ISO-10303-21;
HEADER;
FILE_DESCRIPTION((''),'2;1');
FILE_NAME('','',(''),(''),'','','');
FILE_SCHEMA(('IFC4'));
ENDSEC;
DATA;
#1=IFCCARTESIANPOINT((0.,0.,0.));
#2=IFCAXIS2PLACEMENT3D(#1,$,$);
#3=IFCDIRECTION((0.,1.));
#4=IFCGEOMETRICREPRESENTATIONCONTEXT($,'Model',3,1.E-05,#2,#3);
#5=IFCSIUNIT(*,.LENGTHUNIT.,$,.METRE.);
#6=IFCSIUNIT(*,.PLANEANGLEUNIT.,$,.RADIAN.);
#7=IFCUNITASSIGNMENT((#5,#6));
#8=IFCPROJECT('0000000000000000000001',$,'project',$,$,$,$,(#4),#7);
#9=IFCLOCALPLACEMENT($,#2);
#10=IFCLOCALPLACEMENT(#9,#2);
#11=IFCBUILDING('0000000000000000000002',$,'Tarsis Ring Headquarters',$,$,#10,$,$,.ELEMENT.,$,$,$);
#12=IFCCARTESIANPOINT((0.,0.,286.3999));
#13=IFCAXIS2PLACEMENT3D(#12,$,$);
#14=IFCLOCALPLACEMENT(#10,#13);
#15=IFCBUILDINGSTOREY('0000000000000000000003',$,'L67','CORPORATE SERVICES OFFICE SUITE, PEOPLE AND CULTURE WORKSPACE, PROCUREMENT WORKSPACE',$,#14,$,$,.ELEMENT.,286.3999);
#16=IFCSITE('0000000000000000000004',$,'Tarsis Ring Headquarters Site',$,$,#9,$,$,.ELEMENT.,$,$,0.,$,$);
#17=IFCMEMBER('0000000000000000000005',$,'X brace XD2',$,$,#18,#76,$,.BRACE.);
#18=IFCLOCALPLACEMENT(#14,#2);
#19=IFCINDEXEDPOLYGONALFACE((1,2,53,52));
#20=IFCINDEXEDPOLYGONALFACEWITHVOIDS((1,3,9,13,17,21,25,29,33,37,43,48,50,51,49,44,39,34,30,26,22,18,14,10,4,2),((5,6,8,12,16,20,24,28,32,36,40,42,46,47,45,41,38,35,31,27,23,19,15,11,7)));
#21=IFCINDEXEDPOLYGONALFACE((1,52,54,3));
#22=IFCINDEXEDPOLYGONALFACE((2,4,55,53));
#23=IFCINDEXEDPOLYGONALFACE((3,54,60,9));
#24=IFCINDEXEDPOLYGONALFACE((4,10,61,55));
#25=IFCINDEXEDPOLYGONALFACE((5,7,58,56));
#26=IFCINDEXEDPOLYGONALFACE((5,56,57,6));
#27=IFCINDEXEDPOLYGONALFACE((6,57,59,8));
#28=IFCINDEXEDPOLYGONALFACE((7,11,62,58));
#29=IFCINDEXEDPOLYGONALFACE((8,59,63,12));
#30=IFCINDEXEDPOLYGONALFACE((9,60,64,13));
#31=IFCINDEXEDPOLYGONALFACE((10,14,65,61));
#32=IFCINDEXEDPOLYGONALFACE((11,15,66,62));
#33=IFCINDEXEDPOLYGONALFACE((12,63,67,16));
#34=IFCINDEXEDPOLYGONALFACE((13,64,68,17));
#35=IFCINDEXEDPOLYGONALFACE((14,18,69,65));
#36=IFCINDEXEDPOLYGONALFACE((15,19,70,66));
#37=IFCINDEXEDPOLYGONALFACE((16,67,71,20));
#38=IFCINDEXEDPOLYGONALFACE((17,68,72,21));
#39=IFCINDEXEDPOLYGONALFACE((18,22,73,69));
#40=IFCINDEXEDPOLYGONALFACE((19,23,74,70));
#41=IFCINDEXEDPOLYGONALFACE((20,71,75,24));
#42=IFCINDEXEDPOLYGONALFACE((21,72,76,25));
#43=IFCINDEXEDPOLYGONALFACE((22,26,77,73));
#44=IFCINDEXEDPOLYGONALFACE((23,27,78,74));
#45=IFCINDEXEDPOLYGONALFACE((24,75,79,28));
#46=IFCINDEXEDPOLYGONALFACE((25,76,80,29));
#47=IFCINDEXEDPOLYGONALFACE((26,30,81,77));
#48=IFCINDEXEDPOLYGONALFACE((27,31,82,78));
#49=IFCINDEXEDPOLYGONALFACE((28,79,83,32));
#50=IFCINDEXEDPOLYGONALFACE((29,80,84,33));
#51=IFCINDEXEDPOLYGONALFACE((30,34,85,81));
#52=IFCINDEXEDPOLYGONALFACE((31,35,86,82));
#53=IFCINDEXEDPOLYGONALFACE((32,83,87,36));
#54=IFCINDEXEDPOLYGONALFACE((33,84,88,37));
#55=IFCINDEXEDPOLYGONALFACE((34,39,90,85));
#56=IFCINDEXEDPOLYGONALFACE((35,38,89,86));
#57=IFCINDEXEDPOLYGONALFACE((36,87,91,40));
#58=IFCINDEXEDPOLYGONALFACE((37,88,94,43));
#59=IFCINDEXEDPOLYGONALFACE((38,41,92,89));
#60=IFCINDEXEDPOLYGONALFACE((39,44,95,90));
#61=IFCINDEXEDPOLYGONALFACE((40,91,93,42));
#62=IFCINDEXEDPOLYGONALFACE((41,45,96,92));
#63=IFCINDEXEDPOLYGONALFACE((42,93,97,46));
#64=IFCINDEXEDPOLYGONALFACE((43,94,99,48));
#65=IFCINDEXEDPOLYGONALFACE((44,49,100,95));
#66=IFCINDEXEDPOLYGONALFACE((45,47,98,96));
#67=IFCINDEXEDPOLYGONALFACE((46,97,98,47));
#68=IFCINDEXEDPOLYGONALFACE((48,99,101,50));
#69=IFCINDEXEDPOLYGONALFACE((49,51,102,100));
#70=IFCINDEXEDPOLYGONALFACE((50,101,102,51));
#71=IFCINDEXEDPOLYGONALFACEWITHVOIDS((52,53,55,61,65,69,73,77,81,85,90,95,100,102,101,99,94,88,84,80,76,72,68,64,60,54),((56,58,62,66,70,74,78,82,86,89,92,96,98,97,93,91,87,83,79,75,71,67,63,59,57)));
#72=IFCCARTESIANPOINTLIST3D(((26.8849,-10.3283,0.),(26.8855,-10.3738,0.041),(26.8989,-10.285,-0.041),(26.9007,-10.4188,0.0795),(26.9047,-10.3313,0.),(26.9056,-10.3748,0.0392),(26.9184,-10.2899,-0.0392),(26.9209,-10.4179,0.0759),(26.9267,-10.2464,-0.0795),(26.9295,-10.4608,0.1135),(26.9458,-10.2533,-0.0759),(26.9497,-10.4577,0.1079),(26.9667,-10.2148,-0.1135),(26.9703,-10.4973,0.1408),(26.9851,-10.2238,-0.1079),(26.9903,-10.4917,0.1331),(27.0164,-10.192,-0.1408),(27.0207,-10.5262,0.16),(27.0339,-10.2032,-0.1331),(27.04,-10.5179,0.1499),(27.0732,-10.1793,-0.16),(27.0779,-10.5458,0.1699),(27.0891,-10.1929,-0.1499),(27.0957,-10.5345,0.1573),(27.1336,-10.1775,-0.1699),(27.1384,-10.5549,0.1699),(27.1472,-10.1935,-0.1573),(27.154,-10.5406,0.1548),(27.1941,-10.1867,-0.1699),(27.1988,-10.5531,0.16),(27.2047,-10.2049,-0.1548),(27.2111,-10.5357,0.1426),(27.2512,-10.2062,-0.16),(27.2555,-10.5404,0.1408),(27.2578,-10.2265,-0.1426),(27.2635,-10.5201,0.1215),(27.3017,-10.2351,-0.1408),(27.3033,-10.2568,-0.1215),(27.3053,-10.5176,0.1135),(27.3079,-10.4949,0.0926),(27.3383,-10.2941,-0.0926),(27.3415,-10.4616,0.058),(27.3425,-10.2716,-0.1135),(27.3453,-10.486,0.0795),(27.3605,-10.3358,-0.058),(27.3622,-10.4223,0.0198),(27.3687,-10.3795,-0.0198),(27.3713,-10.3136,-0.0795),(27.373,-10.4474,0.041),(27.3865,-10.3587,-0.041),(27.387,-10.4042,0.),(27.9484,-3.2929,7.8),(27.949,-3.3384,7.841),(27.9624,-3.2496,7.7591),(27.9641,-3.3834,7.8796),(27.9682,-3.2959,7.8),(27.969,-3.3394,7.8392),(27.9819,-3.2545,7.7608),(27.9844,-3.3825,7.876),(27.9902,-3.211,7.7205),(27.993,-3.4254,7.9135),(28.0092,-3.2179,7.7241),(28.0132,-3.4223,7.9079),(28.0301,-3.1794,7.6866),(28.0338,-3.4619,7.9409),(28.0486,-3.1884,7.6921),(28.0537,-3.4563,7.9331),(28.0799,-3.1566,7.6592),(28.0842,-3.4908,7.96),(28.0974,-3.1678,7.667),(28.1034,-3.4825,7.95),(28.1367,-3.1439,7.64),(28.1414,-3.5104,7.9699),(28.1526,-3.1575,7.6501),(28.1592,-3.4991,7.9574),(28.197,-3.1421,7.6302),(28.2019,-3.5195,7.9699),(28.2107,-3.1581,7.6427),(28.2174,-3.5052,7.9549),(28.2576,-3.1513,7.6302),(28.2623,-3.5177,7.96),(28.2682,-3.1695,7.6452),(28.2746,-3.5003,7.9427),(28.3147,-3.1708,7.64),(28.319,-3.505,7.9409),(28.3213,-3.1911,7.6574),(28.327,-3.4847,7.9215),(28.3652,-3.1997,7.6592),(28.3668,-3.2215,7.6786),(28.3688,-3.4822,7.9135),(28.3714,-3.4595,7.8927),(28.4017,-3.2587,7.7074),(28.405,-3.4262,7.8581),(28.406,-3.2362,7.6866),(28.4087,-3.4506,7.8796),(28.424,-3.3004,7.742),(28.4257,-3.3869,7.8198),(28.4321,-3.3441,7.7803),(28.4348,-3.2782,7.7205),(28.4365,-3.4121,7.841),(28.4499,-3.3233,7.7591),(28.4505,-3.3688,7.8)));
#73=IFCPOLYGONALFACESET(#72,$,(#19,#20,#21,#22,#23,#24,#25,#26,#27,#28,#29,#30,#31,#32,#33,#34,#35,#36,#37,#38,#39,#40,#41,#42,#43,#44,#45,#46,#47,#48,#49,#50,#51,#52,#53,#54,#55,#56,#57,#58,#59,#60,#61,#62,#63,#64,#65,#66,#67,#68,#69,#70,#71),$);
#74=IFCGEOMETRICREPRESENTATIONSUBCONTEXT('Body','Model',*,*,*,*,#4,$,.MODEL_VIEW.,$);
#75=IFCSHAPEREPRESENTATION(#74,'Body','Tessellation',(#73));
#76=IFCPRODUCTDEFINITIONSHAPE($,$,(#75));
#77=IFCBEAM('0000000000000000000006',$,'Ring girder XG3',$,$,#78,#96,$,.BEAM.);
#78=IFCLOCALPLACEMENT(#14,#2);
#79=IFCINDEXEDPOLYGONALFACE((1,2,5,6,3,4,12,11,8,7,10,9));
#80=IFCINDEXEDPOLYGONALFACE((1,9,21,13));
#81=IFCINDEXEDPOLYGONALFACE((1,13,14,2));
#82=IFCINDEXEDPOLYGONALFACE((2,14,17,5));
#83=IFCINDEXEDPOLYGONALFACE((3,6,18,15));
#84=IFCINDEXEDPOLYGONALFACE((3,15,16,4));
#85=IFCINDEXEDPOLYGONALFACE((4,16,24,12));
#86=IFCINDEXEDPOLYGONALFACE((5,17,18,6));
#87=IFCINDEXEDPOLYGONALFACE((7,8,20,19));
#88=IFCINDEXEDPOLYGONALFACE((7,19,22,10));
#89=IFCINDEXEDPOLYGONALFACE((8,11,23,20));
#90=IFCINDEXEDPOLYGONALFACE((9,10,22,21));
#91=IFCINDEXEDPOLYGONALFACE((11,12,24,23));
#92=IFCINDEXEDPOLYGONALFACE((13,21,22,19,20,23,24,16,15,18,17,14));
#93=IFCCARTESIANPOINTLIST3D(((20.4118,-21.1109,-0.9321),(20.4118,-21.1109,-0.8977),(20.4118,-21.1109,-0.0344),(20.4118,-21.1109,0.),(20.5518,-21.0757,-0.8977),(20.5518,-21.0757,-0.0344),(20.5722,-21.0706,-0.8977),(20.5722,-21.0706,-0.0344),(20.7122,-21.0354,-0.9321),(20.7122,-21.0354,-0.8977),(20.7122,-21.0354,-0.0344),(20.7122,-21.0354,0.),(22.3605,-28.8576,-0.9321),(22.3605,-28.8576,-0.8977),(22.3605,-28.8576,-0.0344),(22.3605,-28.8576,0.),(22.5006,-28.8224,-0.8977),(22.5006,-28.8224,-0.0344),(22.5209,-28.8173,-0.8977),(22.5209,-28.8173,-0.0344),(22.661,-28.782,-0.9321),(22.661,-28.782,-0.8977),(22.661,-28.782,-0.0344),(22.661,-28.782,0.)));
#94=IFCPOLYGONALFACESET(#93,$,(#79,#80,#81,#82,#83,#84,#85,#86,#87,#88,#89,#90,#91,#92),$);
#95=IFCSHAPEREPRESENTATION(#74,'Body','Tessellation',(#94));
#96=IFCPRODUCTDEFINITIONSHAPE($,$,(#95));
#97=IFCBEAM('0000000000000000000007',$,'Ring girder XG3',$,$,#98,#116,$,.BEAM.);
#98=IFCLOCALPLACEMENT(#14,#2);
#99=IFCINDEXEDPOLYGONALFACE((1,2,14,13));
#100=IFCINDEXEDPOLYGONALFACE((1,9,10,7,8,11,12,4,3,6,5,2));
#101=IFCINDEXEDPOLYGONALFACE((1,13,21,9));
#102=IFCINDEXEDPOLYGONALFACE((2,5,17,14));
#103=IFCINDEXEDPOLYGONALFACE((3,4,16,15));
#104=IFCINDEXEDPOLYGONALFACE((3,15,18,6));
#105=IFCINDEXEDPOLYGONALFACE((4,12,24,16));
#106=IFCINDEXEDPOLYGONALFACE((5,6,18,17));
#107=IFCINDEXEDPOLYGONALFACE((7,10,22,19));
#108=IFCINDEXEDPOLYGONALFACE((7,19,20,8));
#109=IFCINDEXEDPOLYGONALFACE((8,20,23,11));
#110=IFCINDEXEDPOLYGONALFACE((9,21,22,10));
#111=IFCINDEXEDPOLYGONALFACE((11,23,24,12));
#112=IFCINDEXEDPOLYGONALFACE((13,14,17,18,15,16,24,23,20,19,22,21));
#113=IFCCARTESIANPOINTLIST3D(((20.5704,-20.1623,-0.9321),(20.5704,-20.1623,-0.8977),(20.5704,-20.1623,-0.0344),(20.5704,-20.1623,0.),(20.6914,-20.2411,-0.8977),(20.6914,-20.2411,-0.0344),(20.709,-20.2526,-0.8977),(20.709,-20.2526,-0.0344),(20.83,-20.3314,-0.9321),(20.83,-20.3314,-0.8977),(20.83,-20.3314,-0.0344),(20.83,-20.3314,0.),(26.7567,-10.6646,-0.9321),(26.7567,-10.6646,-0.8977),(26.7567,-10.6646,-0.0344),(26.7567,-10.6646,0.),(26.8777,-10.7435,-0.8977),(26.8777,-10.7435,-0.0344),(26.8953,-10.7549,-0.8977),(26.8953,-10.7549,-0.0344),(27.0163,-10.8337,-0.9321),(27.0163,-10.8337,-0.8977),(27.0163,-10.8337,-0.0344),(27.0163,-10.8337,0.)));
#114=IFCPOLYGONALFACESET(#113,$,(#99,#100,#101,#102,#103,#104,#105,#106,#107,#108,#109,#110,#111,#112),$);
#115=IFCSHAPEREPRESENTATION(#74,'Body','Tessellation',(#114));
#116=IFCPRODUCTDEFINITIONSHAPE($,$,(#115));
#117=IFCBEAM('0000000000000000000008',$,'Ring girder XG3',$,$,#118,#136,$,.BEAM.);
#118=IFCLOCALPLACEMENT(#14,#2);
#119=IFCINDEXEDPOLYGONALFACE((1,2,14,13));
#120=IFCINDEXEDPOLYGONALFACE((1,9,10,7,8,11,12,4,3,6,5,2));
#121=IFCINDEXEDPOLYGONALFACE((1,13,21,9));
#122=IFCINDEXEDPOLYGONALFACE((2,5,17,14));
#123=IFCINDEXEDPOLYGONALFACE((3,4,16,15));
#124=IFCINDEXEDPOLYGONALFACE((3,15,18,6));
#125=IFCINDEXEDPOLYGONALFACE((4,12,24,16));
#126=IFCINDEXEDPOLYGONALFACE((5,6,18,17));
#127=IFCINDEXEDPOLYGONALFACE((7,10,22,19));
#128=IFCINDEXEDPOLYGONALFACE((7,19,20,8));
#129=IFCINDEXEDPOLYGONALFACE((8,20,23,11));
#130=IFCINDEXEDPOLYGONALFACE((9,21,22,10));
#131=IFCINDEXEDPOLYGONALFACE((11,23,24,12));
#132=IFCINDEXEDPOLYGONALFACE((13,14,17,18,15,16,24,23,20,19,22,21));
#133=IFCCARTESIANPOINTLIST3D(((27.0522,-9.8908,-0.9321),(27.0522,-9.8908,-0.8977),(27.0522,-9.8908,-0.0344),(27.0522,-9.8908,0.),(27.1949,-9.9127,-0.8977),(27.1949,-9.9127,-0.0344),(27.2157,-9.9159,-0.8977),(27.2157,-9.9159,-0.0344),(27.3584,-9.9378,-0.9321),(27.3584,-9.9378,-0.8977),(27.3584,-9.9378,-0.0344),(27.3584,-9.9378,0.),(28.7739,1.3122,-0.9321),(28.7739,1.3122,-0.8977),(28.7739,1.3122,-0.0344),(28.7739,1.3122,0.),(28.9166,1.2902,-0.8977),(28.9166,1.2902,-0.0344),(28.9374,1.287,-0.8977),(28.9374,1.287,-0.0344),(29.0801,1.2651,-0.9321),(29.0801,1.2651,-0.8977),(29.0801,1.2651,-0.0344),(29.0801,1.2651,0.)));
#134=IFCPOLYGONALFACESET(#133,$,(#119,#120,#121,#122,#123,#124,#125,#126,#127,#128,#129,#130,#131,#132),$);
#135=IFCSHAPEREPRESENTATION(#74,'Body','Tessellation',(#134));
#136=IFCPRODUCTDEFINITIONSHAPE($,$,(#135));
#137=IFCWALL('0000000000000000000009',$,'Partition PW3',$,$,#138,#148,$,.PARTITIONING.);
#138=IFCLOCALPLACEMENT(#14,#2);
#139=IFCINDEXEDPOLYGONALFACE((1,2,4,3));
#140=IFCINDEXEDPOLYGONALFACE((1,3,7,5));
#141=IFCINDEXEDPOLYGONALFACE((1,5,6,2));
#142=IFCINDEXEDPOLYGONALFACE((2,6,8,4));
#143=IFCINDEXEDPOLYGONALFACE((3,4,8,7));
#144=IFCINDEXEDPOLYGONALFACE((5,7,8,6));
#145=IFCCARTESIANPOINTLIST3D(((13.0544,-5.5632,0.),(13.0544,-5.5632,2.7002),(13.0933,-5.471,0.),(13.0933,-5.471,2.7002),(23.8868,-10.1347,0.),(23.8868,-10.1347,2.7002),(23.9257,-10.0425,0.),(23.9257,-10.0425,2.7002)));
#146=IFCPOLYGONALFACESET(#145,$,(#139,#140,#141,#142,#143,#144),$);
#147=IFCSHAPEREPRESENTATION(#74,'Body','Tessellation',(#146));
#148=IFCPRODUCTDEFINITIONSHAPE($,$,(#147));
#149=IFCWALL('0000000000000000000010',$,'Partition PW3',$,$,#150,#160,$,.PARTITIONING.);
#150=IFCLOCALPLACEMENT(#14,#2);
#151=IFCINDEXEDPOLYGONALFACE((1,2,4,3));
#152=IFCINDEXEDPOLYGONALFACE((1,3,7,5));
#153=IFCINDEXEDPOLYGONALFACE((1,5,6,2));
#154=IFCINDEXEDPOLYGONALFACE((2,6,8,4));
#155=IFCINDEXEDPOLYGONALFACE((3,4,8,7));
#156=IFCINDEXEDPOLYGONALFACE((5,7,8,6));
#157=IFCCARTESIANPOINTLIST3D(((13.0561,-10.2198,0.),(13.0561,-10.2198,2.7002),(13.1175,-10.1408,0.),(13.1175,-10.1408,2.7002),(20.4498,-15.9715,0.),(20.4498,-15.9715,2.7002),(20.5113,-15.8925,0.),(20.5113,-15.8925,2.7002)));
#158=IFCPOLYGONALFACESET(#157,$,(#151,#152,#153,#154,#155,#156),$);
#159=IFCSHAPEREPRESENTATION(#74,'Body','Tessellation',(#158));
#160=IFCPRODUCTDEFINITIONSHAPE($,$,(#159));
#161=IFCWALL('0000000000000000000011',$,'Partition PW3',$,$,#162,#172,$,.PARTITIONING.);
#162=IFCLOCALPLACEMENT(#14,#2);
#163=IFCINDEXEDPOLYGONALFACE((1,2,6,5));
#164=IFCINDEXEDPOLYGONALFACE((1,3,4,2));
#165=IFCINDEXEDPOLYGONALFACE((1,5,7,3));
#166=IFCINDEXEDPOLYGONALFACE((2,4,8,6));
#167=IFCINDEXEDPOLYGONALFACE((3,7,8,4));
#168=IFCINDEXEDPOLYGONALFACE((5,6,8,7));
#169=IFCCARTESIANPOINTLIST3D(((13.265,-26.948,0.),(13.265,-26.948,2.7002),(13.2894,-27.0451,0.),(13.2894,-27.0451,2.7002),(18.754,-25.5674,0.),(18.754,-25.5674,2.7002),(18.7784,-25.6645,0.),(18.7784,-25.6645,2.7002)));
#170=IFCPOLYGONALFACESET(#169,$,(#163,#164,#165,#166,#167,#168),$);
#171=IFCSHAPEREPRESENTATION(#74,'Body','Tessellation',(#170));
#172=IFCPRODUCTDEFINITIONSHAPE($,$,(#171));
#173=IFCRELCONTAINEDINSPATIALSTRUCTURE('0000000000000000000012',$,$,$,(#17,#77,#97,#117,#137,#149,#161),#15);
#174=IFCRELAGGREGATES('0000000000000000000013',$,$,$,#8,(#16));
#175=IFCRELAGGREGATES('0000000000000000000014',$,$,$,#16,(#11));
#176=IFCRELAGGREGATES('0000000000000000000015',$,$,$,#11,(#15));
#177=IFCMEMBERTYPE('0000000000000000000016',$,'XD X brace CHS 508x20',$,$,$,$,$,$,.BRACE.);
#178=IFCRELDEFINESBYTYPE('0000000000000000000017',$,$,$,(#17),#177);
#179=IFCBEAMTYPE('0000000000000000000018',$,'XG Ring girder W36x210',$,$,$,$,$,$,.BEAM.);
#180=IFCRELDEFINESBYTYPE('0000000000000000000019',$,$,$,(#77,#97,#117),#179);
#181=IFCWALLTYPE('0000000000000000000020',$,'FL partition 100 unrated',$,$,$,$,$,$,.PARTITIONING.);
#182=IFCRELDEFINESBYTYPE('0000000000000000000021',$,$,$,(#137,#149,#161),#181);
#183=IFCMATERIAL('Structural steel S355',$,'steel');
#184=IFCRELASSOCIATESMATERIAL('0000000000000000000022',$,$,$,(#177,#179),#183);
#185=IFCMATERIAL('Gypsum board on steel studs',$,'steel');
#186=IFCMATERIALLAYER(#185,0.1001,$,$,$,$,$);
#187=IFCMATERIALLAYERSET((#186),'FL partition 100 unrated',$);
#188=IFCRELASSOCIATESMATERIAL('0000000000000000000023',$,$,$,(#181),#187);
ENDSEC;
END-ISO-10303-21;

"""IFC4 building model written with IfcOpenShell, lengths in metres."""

from ifc_helpers import new_model, si_unit, direction, frame, frame_2d, origin, origin_2d, place, context, subcontext, project, spatial, rectangle, hollow_circle, i_section, extrude, material, layer, layer_set, material_profile, profile_set, type_object, element, save


model = new_model("IFC4")

# Units and contexts
model_context = context("Model", 3, precision=1e-05, world=origin(), true_north=direction((0.0, 1.0)))
body_context = subcontext(model_context, "Body", "Model", "MODEL_VIEW")
ifc_project = project(units=[si_unit("LENGTHUNIT", "METRE"), si_unit("PLANEANGLEUNIT", "RADIAN")], contexts=[model_context])

# Site, building, storey
site_placement = place(None, origin())
site = spatial("IfcSite", under=ifc_project, at=site_placement, Name="Tarsis Ring Headquarters Site", CompositionType="ELEMENT", RefElevation=0.0)
building_placement = place(site_placement, origin())
building = spatial("IfcBuilding", under=site, at=building_placement, Name="Tarsis Ring Headquarters", CompositionType="ELEMENT")
storey_placement = place(building_placement, frame((0.0, 0.0, 286.3999)))
storey = spatial("IfcBuildingStorey", under=building, at=storey_placement, Name="L67", Description="CORPORATE SERVICES OFFICE SUITE, PEOPLE AND CULTURE WORKSPACE, PROCUREMENT WORKSPACE", CompositionType="ELEMENT", Elevation=286.3999)

# Shared definitions
ifc_material_1 = material(Name="Structural steel S355", Category="steel")

# Member
ifc_material_profile_1 = material_profile(ifc_material_1, hollow_circle(Radius=0.2539, WallThickness=0.02, at=origin_2d()), Name="CHS 508x20")
ifc_profile_set_1 = profile_set([ifc_material_profile_1], Name="Structural steel S355")
member_type = type_object("IfcMemberType", Name="XD X brace CHS 508x20", PredefinedType="BRACE", material=ifc_profile_set_1)
member_placement = place(storey_placement, frame((27.136, -10.3662, 0.0), z_axis=(0.100728, 0.666366, 0.73879), x_axis=(-0.988767, 0.149463, 0.0)))
element("IfcMember", 1, at=member_placement, inside=storey, type_object=member_type, Name="X brace XD2", PredefinedType="BRACE", context=body_context, shape_type="SweptSolid", body=[
    extrude(hollow_circle(Radius=0.2539, WallThickness=0.02, at=origin_2d()), origin(), (0.0, 0.0, 1.0), 10.5579),
])

# Beams
ifc_material_profile_2 = material_profile(ifc_material_1, i_section(OverallWidth=0.3098, OverallDepth=0.9321, WebThickness=0.021, FlangeThickness=0.0344, at=origin_2d()), Name="W36x210")
ifc_profile_set_2 = profile_set([ifc_material_profile_2], Name="Structural steel S355")
beam_type = type_object("IfcBeamType", Name="XG Ring girder W36x210", PredefinedType="BEAM", material=ifc_profile_set_2)
beam_1_placement = place(storey_placement, frame((22.5107, -28.8198, -0.4661), z_axis=(-0.243959, 0.969785, 0.0), x_axis=(-0.969785, -0.243959, 0.0)))
element("IfcBeam", 2, at=beam_1_placement, inside=storey, type_object=beam_type, Name="Ring girder XG3", PredefinedType="BEAM", context=body_context, shape_type="SweptSolid", body=[
    extrude(i_section(OverallWidth=0.3098, OverallDepth=0.9321, WebThickness=0.021, FlangeThickness=0.0344, at=origin_2d()), origin(), (0.0, 0.0, 1.0), 7.988),
])
beam_2_placement = place(storey_placement, frame((20.7002, -20.2468, -0.4661), z_axis=(0.545786, 0.837925, 0.0), x_axis=(-0.837925, 0.545786, 0.0)))
element("IfcBeam", 3, at=beam_2_placement, inside=storey, type_object=beam_type, Name="Ring girder XG3", PredefinedType="BEAM", context=body_context, shape_type="SweptSolid", body=[
    extrude(i_section(OverallWidth=0.3098, OverallDepth=0.9321, WebThickness=0.021, FlangeThickness=0.0344, at=origin_2d()), origin(), (0.0, 0.0, 1.0), 11.3347),
])
beam_3_placement = place(storey_placement, frame((27.2053, -9.9143, -0.4661), z_axis=(0.151899, 0.988396, 0.0), x_axis=(-0.988396, 0.151899, 0.0)))
element("IfcBeam", 4, at=beam_3_placement, inside=storey, type_object=beam_type, Name="Ring girder XG3", PredefinedType="BEAM", context=body_context, shape_type="SweptSolid", body=[
    extrude(i_section(OverallWidth=0.3098, OverallDepth=0.9321, WebThickness=0.021, FlangeThickness=0.0344, at=origin_2d()), origin(), (0.0, 0.0, 1.0), 11.3345),
])

# Walls
ifc_material_2 = material(Name="Gypsum board on steel studs", Category="steel")
ifc_layer_1 = layer(ifc_material_2, 0.1001)
ifc_layer_set_1 = layer_set([ifc_layer_1], Name="FL partition 100 unrated")
wall_type_1 = type_object("IfcWallType", Name="FL partition 100 unrated", PredefinedType="PARTITIONING", material=ifc_layer_set_1)
wall_1_placement = place(storey_placement, frame((13.0737, -5.5171, 0.0), z_axis=(0.0, 0.0, 1.0), x_axis=(0.921317, -0.388813, 0.0)))
element("IfcWall", 5, at=wall_1_placement, inside=storey, type_object=wall_type_1, Name="Partition PW3", PredefinedType="PARTITIONING", context=body_context, shape_type="SweptSolid", body=[
    extrude(rectangle(XDim=11.7576, YDim=0.1001, at=frame_2d((5.8789, 0.0))), origin(), (0.0, 0.0, 1.0), 2.7002),
])
wall_2_placement = place(storey_placement, frame((13.0869, -10.1804, 0.0), z_axis=(0.0, 0.0, 1.0), x_axis=(0.789302, -0.614006, 0.0)))
element("IfcWall", 6, at=wall_2_placement, inside=storey, type_object=wall_type_1, Name="Partition PW3", PredefinedType="PARTITIONING", context=body_context, shape_type="SweptSolid", body=[
    extrude(rectangle(XDim=9.3674, YDim=0.1001, at=frame_2d((4.6836, 0.0))), origin(), (0.0, 0.0, 1.0), 2.7002),
])
wall_3_placement = place(storey_placement, frame((13.2771, -26.9966, 0.0), z_axis=(0.0, 0.0, 1.0), x_axis=(0.969794, 0.243926, 0.0)))
element("IfcWall", 7, at=wall_3_placement, inside=storey, type_object=wall_type_1, Name="Partition PW3", PredefinedType="PARTITIONING", context=body_context, shape_type="SweptSolid", body=[
    extrude(rectangle(XDim=5.6599, YDim=0.1001, at=frame_2d((2.8301, 0.0))), origin(), (0.0, 0.0, 1.0), 2.7002),
])

save(model, "model.ifc")
